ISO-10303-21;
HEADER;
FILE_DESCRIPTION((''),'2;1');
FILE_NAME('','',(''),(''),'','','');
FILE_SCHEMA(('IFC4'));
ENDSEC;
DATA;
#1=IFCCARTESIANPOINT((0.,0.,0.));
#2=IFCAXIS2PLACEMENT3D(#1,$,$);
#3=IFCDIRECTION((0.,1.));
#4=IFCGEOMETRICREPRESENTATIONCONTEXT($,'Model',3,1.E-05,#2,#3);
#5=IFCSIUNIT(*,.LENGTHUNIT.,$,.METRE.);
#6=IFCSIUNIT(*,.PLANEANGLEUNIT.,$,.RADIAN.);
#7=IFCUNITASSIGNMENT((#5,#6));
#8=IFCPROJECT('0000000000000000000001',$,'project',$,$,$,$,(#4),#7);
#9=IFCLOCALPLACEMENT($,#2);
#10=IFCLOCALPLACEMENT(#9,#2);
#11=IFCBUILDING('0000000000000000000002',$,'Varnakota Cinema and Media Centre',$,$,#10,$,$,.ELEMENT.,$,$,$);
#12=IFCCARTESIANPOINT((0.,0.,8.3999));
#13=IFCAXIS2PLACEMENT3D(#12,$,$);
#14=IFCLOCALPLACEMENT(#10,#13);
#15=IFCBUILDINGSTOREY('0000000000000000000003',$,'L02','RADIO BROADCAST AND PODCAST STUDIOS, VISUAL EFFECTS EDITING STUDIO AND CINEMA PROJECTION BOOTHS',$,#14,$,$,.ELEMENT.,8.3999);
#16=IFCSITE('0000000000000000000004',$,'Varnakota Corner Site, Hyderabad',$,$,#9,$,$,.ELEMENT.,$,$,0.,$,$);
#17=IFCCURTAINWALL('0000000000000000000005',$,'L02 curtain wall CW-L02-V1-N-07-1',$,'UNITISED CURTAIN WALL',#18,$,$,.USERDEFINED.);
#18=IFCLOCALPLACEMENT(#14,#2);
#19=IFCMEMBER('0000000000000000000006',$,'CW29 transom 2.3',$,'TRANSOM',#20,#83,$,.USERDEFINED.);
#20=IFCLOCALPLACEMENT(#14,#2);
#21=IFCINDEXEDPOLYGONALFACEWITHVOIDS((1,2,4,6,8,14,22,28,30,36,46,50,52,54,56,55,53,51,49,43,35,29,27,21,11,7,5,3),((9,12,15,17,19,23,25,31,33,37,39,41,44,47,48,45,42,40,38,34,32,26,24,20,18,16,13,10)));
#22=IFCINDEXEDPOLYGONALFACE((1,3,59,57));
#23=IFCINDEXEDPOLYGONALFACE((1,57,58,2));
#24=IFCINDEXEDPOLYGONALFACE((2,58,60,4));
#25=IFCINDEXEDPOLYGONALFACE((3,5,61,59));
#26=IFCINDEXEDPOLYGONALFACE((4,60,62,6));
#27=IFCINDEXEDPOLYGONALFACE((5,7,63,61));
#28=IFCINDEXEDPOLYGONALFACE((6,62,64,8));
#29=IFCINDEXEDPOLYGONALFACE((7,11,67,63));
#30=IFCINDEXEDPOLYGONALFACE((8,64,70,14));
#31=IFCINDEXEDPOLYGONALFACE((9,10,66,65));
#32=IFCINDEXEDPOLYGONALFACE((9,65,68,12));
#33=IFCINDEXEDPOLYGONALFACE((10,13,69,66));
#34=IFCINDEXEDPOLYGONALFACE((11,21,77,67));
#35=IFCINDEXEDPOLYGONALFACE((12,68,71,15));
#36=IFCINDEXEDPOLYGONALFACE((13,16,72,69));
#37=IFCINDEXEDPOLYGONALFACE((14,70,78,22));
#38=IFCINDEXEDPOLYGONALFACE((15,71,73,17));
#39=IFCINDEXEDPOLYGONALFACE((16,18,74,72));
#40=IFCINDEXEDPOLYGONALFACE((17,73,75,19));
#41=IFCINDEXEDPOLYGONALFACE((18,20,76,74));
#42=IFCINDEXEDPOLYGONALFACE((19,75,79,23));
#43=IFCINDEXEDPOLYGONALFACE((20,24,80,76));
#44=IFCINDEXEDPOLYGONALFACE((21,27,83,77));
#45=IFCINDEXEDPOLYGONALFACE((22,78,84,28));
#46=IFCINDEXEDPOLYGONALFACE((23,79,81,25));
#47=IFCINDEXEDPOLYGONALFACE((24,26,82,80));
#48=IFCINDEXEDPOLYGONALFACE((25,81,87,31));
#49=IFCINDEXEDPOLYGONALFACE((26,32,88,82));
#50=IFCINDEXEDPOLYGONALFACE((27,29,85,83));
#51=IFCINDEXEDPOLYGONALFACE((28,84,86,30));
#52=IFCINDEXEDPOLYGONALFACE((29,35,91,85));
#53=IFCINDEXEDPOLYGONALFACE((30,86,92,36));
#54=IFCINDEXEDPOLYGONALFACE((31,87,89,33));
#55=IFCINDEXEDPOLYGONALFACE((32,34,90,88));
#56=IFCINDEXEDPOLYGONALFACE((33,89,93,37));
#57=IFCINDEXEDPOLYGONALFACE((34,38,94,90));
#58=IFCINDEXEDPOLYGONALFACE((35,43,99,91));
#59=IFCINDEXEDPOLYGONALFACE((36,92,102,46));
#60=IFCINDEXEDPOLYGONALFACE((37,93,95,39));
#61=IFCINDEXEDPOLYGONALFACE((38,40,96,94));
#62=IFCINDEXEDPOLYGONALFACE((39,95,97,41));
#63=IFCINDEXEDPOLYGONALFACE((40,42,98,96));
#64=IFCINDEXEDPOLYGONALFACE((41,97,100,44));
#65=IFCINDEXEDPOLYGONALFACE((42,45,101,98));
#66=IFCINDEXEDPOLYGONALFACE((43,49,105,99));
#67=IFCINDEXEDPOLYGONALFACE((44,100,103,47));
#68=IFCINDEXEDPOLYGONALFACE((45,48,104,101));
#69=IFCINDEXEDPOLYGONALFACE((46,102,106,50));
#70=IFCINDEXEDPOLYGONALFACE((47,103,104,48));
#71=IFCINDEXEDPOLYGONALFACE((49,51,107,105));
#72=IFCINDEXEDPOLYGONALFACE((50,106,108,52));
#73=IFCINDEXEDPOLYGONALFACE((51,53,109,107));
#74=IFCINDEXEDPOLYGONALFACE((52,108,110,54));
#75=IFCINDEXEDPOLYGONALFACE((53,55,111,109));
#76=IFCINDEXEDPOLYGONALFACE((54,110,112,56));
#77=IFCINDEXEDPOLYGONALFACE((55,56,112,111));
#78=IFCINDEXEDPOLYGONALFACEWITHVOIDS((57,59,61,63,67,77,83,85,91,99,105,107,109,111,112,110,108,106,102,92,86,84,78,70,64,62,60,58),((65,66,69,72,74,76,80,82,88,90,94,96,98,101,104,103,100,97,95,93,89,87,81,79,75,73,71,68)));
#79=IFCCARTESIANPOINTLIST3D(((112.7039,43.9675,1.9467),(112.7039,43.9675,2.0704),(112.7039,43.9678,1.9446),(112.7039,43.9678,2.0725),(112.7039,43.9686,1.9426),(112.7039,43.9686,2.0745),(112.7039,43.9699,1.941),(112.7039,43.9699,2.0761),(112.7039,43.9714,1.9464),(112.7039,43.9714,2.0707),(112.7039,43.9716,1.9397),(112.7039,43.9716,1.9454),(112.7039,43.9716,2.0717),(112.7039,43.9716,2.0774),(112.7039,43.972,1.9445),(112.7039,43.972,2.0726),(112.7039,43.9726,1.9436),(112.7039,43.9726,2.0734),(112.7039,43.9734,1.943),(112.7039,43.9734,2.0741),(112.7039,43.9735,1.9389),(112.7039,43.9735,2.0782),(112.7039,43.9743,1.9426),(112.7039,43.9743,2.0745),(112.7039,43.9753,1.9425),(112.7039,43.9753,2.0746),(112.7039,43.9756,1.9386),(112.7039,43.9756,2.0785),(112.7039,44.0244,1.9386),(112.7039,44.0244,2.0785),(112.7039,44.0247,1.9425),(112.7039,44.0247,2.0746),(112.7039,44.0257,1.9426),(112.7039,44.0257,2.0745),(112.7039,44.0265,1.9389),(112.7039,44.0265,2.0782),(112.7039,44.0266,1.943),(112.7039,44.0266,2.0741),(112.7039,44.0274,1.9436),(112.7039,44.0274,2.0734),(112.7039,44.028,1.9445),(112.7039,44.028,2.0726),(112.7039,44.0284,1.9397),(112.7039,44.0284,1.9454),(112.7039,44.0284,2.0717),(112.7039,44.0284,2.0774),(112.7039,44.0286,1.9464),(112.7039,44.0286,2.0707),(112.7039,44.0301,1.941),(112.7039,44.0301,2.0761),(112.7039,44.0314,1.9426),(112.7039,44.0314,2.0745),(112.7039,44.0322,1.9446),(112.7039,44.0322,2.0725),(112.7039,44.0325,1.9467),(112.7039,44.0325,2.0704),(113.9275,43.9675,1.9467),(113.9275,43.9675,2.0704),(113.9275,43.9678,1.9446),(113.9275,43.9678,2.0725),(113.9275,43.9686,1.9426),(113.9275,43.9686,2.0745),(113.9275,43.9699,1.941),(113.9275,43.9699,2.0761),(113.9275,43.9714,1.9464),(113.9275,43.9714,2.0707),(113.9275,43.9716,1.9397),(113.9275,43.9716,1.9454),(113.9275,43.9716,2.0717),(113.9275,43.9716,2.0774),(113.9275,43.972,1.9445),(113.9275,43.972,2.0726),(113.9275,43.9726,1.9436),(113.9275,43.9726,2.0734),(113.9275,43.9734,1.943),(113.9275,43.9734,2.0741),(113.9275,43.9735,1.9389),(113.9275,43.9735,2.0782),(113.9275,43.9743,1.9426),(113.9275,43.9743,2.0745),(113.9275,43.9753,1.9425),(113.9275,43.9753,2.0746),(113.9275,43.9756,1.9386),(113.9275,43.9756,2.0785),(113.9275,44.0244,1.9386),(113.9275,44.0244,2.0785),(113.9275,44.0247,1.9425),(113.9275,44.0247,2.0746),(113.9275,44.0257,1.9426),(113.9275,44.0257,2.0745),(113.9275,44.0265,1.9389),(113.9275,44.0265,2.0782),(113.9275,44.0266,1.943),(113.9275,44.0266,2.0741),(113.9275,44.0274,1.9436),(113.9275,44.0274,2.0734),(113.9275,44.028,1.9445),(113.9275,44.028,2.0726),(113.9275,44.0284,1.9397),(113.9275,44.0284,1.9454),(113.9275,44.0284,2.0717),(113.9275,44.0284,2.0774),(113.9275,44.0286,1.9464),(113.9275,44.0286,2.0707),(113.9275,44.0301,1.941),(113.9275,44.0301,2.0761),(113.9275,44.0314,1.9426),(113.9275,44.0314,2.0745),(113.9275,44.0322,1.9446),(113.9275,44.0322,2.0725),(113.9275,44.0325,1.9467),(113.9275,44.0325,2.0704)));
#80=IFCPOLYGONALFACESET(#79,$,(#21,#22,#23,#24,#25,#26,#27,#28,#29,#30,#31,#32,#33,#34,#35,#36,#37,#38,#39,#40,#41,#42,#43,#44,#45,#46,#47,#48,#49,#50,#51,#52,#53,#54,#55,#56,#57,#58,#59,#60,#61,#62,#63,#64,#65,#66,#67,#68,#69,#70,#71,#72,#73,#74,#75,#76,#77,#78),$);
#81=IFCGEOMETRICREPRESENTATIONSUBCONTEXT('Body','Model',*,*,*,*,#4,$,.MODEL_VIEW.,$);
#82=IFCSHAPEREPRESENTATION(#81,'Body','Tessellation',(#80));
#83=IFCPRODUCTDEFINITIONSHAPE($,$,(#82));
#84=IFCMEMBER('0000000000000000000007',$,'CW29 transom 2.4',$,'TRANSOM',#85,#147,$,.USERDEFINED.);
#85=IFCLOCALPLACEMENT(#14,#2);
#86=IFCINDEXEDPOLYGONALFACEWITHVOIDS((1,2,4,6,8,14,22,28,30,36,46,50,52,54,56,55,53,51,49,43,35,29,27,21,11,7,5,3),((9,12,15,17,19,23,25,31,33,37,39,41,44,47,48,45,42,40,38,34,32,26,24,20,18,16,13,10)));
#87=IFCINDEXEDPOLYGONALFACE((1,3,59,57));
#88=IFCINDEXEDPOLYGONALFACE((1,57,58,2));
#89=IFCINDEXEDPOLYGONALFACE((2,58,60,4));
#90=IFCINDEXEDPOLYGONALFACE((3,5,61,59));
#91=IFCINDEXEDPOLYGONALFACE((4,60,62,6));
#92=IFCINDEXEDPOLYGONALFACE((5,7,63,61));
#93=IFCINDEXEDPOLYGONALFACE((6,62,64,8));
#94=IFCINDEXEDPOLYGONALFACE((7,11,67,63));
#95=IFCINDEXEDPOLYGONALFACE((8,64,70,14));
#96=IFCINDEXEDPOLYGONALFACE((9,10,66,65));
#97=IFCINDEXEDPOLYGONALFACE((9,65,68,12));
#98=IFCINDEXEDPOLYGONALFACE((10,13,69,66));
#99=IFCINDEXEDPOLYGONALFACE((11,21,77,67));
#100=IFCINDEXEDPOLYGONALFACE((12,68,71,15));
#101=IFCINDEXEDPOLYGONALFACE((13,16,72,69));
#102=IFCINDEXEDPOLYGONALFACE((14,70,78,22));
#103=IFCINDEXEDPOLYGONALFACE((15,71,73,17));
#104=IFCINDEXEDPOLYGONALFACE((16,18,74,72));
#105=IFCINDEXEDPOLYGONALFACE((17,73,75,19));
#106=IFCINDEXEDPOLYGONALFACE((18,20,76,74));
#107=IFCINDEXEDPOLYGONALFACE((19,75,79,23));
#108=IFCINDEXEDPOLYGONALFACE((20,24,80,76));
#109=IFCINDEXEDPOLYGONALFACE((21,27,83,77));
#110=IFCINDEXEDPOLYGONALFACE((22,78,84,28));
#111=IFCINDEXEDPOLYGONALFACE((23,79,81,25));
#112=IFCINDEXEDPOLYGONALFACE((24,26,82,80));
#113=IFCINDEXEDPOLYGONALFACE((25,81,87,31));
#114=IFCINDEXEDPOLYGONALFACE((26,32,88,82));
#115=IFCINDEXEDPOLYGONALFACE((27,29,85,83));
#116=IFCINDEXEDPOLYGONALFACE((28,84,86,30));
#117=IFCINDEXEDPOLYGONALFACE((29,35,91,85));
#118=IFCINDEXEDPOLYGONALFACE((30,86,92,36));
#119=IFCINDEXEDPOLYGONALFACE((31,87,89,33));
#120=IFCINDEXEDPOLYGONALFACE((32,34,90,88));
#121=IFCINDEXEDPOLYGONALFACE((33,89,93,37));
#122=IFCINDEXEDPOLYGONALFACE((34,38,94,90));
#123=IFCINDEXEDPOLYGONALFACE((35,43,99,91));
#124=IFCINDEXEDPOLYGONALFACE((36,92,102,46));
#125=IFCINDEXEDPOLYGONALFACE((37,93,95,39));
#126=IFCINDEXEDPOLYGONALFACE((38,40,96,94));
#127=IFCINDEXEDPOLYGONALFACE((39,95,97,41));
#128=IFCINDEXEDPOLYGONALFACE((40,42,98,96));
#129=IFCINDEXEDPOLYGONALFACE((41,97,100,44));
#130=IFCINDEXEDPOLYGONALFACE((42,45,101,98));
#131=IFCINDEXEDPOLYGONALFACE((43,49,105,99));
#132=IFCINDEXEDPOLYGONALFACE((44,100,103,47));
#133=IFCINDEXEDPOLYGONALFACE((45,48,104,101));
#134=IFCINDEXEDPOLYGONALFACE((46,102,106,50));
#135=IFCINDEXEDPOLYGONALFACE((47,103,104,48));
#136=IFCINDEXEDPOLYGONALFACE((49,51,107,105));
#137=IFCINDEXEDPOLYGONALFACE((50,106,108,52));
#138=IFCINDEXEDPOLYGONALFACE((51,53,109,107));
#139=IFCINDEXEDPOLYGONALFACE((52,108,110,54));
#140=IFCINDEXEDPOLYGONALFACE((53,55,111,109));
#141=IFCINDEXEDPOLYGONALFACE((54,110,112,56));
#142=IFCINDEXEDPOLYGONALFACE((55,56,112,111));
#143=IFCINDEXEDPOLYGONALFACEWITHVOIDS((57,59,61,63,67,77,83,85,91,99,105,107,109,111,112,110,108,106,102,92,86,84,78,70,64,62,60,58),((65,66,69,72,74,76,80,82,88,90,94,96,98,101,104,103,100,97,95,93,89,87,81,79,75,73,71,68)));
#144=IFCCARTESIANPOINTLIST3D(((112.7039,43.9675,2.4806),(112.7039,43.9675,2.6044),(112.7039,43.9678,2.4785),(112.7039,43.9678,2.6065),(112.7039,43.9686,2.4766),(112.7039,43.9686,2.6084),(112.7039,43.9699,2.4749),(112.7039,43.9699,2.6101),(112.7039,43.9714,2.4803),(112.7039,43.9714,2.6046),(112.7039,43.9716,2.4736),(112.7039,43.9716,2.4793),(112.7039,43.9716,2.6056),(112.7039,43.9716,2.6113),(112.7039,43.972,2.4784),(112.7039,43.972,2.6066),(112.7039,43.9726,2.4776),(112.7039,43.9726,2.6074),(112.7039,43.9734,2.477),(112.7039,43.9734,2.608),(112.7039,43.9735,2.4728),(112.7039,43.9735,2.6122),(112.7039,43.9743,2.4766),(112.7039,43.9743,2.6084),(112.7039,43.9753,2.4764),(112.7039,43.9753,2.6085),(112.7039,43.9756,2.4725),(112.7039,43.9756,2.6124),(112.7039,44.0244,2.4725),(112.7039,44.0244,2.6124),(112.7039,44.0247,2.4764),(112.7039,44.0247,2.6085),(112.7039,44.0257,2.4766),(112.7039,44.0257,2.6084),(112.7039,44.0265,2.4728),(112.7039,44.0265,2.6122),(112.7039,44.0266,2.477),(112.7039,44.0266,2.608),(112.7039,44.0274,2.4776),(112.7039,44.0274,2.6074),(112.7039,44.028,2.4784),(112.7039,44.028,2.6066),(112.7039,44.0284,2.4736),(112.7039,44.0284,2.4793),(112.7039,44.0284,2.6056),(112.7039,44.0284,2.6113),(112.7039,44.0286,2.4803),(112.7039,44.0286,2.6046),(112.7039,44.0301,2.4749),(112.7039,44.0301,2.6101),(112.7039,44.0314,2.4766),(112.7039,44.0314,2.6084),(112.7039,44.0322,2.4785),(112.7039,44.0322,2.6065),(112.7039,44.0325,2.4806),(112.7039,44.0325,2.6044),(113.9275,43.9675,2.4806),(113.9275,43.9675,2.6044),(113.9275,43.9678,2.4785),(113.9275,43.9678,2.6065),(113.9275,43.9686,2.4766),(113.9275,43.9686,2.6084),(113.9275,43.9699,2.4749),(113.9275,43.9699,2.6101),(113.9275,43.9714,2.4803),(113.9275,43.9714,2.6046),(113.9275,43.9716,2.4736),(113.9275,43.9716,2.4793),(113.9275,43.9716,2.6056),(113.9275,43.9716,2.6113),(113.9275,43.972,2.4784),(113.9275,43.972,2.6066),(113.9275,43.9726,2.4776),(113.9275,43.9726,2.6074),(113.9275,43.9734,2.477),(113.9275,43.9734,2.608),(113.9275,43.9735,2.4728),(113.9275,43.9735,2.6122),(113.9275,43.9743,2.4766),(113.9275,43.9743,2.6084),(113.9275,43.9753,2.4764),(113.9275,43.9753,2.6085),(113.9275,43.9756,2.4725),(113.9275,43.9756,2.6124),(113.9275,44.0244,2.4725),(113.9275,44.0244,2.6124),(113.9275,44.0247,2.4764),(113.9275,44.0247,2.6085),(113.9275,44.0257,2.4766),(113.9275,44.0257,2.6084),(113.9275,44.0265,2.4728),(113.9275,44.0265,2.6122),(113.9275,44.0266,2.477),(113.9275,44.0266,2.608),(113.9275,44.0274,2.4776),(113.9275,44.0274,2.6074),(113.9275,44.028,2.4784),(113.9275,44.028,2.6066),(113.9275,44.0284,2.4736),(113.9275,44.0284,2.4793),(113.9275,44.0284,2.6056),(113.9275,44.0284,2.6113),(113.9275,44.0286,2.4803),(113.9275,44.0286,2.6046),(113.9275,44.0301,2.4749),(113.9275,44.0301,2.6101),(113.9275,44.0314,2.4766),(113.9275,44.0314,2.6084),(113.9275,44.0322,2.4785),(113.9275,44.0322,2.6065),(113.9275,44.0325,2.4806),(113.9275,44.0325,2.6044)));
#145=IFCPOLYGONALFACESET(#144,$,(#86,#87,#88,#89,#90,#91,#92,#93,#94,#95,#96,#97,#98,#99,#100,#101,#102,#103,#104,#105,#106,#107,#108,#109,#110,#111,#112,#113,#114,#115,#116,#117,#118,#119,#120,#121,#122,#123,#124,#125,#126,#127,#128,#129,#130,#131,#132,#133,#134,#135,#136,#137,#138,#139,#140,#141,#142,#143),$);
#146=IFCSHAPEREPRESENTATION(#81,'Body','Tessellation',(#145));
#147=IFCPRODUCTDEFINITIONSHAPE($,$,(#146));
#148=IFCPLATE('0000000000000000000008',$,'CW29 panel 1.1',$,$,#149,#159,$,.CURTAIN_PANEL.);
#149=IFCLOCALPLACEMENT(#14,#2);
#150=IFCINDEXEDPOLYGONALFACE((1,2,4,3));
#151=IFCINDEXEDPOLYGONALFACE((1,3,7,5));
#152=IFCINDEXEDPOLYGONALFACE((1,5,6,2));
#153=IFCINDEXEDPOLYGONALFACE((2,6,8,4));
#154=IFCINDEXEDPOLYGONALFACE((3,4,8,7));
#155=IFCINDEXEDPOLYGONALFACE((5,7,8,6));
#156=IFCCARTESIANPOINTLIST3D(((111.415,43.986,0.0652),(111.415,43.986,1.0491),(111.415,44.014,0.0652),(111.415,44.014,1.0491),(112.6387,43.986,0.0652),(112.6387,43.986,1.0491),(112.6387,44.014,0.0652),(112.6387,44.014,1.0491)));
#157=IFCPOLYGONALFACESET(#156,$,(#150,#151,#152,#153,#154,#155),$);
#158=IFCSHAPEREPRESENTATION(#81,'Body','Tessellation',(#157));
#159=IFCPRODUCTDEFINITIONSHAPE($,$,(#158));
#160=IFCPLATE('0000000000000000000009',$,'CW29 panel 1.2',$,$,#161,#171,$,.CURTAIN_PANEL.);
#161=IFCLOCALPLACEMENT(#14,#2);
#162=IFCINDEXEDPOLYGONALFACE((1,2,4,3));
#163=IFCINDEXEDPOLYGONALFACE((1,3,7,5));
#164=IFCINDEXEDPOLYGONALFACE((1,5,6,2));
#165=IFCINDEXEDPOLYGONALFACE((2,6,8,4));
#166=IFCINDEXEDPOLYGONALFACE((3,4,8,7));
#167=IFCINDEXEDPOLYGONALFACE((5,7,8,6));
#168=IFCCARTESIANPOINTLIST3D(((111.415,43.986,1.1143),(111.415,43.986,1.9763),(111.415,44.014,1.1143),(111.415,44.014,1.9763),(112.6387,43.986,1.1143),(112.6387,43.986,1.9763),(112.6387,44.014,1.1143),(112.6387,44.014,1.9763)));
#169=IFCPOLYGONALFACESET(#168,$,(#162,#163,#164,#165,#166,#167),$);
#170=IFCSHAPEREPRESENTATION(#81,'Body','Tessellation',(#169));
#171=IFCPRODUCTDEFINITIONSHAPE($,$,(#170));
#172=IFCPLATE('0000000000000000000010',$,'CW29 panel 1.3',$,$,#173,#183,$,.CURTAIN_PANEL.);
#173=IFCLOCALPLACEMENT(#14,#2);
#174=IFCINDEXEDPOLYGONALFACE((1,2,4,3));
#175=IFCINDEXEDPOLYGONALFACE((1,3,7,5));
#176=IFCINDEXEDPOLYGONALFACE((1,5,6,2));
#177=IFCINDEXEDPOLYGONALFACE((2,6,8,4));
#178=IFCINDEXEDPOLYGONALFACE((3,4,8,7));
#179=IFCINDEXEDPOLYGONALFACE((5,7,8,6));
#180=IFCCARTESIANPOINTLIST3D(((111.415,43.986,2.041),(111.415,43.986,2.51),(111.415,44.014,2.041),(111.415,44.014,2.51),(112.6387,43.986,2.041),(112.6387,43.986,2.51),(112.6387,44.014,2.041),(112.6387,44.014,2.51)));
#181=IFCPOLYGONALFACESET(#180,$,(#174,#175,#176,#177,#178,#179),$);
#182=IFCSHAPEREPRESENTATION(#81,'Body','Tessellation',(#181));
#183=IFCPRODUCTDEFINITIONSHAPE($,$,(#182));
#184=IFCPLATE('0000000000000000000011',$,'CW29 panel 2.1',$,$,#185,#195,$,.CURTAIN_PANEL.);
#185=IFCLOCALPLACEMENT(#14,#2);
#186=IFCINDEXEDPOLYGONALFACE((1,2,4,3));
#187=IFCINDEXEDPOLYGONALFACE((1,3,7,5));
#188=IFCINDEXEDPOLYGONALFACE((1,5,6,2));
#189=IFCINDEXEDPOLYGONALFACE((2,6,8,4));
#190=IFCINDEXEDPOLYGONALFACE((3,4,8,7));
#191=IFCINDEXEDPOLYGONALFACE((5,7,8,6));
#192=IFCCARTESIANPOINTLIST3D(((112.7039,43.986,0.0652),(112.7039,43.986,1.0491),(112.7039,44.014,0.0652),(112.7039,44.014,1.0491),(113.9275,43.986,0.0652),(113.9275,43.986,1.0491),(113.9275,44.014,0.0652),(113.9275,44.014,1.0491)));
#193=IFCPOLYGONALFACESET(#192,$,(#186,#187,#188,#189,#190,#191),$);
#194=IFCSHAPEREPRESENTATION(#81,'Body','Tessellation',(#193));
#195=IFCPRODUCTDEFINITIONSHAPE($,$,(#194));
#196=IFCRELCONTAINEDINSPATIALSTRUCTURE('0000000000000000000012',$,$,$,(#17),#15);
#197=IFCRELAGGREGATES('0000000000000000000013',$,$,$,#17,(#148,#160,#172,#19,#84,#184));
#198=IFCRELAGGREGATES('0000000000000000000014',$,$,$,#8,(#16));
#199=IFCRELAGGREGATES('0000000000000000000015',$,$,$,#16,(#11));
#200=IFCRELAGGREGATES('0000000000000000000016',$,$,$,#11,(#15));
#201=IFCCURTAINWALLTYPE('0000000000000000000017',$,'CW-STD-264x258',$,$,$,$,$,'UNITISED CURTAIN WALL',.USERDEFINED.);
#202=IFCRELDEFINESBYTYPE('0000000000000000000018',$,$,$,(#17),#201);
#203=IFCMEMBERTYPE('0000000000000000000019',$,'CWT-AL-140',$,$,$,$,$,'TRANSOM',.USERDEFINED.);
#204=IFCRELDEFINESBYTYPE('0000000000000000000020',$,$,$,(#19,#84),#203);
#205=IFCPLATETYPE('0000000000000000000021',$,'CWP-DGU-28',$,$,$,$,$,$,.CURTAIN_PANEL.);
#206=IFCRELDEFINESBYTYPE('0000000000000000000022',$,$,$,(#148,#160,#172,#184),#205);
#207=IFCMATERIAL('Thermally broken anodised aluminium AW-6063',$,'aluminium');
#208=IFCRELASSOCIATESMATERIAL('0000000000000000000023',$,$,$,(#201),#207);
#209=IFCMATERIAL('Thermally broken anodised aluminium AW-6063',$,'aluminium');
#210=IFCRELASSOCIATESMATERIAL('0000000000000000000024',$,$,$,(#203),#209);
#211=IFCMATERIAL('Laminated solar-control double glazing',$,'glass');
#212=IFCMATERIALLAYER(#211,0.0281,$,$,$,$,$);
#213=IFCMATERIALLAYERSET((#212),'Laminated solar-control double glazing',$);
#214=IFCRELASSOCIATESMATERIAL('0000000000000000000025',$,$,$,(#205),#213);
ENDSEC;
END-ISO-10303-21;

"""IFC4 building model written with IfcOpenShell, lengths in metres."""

from ifc_helpers import new_model, si_unit, direction, frame, origin, origin_2d, place, context, subcontext, project, spatial, rectangle, hollow_rectangle, extrude, material, layer, layer_set, material_profile, profile_set, type_object, element, aggregate, save


model = new_model("IFC4")

# Units and contexts
model_context = context("Model", 3, precision=1e-05, world=origin(), true_north=direction((0.0, 1.0)))
body_context = subcontext(model_context, "Body", "Model", "MODEL_VIEW")
ifc_project = project(units=[si_unit("LENGTHUNIT", "METRE"), si_unit("PLANEANGLEUNIT", "RADIAN")], contexts=[model_context])

# Site, building, storey
site_placement = place(None, origin())
site = spatial("IfcSite", under=ifc_project, at=site_placement, Name="Varnakota Corner Site, Hyderabad", CompositionType="ELEMENT", RefElevation=0.0)
building_placement = place(site_placement, origin())
building = spatial("IfcBuilding", under=site, at=building_placement, Name="Varnakota Cinema and Media Centre", CompositionType="ELEMENT")
storey_placement = place(building_placement, frame((0.0, 0.0, 8.3999)))
storey = spatial("IfcBuildingStorey", under=building, at=storey_placement, Name="L02", Description="RADIO BROADCAST AND PODCAST STUDIOS, VISUAL EFFECTS EDITING STUDIO AND CINEMA PROJECTION BOOTHS", CompositionType="ELEMENT", Elevation=8.3999)

# Curtain wall, members, plates
ifc_material_1 = material(Name="Thermally broken anodised aluminium AW-6063", Category="aluminium")
curtain_wall_type = type_object("IfcCurtainWallType", Name="CW-STD-264x258", ElementType="UNITISED CURTAIN WALL", PredefinedType="USERDEFINED", material=ifc_material_1)
curtain_wall_placement = place(storey_placement, origin())
curtain_wall = element("IfcCurtainWall", 1, at=curtain_wall_placement, inside=storey, type_object=curtain_wall_type, Name="L02 curtain wall CW-L02-V1-N-07-1", ObjectType="UNITISED CURTAIN WALL", PredefinedType="USERDEFINED")
ifc_material_2 = material(Name="Thermally broken anodised aluminium AW-6063", Category="aluminium")
ifc_material_profile_1 = material_profile(ifc_material_2, hollow_rectangle(XDim=0.0649, YDim=0.1399, WallThickness=0.0039, InnerFilletRadius=0.0039, OuterFilletRadius=0.0081, at=origin_2d()), Name="AL-TRANSOM 140x65x4")
ifc_profile_set_1 = profile_set([ifc_material_profile_1], Name="Thermally broken anodised aluminium AW-6063")
member_type_1 = type_object("IfcMemberType", Name="CWT-AL-140", ElementType="TRANSOM", PredefinedType="USERDEFINED", material=ifc_profile_set_1)
member_1_placement = place(storey_placement, frame((112.7039, 44.0, 2.0085), z_axis=(1.0, 0.0, 0.0), x_axis=(0.0, 1.0, 0.0)))
member_1 = element("IfcMember", 2, at=member_1_placement, type_object=member_type_1, Name="CW29 transom 2.3", ObjectType="TRANSOM", PredefinedType="USERDEFINED", context=body_context, shape_type="SweptSolid", body=[
    extrude(hollow_rectangle(XDim=0.0649, YDim=0.1399, WallThickness=0.0039, InnerFilletRadius=0.0039, OuterFilletRadius=0.0081, at=origin_2d()), origin(), (0.0, 0.0, 1.0), 1.2236),
])
member_2_placement = place(storey_placement, frame((112.7039, 44.0, 2.5425), z_axis=(1.0, 0.0, 0.0), x_axis=(0.0, 1.0, 0.0)))
member_2 = element("IfcMember", 3, at=member_2_placement, type_object=member_type_1, Name="CW29 transom 2.4", ObjectType="TRANSOM", PredefinedType="USERDEFINED", context=body_context, shape_type="SweptSolid", body=[
    extrude(hollow_rectangle(XDim=0.0649, YDim=0.1399, WallThickness=0.0039, InnerFilletRadius=0.0039, OuterFilletRadius=0.0081, at=origin_2d()), origin(), (0.0, 0.0, 1.0), 1.2236),
])
ifc_material_3 = material(Name="Laminated solar-control double glazing", Category="glass")
ifc_layer_1 = layer(ifc_material_3, 0.0281)
ifc_layer_set_1 = layer_set([ifc_layer_1], Name="Laminated solar-control double glazing")
plate_type = type_object("IfcPlateType", Name="CWP-DGU-28", PredefinedType="CURTAIN_PANEL", material=ifc_layer_set_1)
plate_1_placement = place(storey_placement, frame((112.0269, 44.0, 0.0652), z_axis=(0.0, 0.0, 1.0), x_axis=(1.0, 0.0, 0.0)))
plate_1 = element("IfcPlate", 4, at=plate_1_placement, type_object=plate_type, Name="CW29 panel 1.1", PredefinedType="CURTAIN_PANEL", context=body_context, shape_type="SweptSolid", body=[
    extrude(rectangle(XDim=1.2236, YDim=0.0281, at=origin_2d()), origin(), (0.0, 0.0, 1.0), 0.9839),
])
plate_2_placement = place(storey_placement, frame((112.0269, 44.0, 1.1143), z_axis=(0.0, 0.0, 1.0), x_axis=(1.0, 0.0, 0.0)))
plate_2 = element("IfcPlate", 5, at=plate_2_placement, type_object=plate_type, Name="CW29 panel 1.2", PredefinedType="CURTAIN_PANEL", context=body_context, shape_type="SweptSolid", body=[
    extrude(rectangle(XDim=1.2236, YDim=0.0281, at=origin_2d()), origin(), (0.0, 0.0, 1.0), 0.8621),
])
plate_3_placement = place(storey_placement, frame((112.0269, 44.0, 2.041), z_axis=(0.0, 0.0, 1.0), x_axis=(1.0, 0.0, 0.0)))
plate_3 = element("IfcPlate", 6, at=plate_3_placement, type_object=plate_type, Name="CW29 panel 1.3", PredefinedType="CURTAIN_PANEL", context=body_context, shape_type="SweptSolid", body=[
    extrude(rectangle(XDim=1.2236, YDim=0.0281, at=origin_2d()), origin(), (0.0, 0.0, 1.0), 0.469),
])
plate_4_placement = place(storey_placement, frame((113.3157, 44.0, 0.0652), z_axis=(0.0, 0.0, 1.0), x_axis=(1.0, 0.0, 0.0)))
plate_4 = element("IfcPlate", 7, at=plate_4_placement, type_object=plate_type, Name="CW29 panel 2.1", PredefinedType="CURTAIN_PANEL", context=body_context, shape_type="SweptSolid", body=[
    extrude(rectangle(XDim=1.2236, YDim=0.0281, at=origin_2d()), origin(), (0.0, 0.0, 1.0), 0.9839),
])
aggregate(curtain_wall, [plate_1, plate_2, plate_3, member_1, member_2, plate_4])

save(model, "model.ifc")
